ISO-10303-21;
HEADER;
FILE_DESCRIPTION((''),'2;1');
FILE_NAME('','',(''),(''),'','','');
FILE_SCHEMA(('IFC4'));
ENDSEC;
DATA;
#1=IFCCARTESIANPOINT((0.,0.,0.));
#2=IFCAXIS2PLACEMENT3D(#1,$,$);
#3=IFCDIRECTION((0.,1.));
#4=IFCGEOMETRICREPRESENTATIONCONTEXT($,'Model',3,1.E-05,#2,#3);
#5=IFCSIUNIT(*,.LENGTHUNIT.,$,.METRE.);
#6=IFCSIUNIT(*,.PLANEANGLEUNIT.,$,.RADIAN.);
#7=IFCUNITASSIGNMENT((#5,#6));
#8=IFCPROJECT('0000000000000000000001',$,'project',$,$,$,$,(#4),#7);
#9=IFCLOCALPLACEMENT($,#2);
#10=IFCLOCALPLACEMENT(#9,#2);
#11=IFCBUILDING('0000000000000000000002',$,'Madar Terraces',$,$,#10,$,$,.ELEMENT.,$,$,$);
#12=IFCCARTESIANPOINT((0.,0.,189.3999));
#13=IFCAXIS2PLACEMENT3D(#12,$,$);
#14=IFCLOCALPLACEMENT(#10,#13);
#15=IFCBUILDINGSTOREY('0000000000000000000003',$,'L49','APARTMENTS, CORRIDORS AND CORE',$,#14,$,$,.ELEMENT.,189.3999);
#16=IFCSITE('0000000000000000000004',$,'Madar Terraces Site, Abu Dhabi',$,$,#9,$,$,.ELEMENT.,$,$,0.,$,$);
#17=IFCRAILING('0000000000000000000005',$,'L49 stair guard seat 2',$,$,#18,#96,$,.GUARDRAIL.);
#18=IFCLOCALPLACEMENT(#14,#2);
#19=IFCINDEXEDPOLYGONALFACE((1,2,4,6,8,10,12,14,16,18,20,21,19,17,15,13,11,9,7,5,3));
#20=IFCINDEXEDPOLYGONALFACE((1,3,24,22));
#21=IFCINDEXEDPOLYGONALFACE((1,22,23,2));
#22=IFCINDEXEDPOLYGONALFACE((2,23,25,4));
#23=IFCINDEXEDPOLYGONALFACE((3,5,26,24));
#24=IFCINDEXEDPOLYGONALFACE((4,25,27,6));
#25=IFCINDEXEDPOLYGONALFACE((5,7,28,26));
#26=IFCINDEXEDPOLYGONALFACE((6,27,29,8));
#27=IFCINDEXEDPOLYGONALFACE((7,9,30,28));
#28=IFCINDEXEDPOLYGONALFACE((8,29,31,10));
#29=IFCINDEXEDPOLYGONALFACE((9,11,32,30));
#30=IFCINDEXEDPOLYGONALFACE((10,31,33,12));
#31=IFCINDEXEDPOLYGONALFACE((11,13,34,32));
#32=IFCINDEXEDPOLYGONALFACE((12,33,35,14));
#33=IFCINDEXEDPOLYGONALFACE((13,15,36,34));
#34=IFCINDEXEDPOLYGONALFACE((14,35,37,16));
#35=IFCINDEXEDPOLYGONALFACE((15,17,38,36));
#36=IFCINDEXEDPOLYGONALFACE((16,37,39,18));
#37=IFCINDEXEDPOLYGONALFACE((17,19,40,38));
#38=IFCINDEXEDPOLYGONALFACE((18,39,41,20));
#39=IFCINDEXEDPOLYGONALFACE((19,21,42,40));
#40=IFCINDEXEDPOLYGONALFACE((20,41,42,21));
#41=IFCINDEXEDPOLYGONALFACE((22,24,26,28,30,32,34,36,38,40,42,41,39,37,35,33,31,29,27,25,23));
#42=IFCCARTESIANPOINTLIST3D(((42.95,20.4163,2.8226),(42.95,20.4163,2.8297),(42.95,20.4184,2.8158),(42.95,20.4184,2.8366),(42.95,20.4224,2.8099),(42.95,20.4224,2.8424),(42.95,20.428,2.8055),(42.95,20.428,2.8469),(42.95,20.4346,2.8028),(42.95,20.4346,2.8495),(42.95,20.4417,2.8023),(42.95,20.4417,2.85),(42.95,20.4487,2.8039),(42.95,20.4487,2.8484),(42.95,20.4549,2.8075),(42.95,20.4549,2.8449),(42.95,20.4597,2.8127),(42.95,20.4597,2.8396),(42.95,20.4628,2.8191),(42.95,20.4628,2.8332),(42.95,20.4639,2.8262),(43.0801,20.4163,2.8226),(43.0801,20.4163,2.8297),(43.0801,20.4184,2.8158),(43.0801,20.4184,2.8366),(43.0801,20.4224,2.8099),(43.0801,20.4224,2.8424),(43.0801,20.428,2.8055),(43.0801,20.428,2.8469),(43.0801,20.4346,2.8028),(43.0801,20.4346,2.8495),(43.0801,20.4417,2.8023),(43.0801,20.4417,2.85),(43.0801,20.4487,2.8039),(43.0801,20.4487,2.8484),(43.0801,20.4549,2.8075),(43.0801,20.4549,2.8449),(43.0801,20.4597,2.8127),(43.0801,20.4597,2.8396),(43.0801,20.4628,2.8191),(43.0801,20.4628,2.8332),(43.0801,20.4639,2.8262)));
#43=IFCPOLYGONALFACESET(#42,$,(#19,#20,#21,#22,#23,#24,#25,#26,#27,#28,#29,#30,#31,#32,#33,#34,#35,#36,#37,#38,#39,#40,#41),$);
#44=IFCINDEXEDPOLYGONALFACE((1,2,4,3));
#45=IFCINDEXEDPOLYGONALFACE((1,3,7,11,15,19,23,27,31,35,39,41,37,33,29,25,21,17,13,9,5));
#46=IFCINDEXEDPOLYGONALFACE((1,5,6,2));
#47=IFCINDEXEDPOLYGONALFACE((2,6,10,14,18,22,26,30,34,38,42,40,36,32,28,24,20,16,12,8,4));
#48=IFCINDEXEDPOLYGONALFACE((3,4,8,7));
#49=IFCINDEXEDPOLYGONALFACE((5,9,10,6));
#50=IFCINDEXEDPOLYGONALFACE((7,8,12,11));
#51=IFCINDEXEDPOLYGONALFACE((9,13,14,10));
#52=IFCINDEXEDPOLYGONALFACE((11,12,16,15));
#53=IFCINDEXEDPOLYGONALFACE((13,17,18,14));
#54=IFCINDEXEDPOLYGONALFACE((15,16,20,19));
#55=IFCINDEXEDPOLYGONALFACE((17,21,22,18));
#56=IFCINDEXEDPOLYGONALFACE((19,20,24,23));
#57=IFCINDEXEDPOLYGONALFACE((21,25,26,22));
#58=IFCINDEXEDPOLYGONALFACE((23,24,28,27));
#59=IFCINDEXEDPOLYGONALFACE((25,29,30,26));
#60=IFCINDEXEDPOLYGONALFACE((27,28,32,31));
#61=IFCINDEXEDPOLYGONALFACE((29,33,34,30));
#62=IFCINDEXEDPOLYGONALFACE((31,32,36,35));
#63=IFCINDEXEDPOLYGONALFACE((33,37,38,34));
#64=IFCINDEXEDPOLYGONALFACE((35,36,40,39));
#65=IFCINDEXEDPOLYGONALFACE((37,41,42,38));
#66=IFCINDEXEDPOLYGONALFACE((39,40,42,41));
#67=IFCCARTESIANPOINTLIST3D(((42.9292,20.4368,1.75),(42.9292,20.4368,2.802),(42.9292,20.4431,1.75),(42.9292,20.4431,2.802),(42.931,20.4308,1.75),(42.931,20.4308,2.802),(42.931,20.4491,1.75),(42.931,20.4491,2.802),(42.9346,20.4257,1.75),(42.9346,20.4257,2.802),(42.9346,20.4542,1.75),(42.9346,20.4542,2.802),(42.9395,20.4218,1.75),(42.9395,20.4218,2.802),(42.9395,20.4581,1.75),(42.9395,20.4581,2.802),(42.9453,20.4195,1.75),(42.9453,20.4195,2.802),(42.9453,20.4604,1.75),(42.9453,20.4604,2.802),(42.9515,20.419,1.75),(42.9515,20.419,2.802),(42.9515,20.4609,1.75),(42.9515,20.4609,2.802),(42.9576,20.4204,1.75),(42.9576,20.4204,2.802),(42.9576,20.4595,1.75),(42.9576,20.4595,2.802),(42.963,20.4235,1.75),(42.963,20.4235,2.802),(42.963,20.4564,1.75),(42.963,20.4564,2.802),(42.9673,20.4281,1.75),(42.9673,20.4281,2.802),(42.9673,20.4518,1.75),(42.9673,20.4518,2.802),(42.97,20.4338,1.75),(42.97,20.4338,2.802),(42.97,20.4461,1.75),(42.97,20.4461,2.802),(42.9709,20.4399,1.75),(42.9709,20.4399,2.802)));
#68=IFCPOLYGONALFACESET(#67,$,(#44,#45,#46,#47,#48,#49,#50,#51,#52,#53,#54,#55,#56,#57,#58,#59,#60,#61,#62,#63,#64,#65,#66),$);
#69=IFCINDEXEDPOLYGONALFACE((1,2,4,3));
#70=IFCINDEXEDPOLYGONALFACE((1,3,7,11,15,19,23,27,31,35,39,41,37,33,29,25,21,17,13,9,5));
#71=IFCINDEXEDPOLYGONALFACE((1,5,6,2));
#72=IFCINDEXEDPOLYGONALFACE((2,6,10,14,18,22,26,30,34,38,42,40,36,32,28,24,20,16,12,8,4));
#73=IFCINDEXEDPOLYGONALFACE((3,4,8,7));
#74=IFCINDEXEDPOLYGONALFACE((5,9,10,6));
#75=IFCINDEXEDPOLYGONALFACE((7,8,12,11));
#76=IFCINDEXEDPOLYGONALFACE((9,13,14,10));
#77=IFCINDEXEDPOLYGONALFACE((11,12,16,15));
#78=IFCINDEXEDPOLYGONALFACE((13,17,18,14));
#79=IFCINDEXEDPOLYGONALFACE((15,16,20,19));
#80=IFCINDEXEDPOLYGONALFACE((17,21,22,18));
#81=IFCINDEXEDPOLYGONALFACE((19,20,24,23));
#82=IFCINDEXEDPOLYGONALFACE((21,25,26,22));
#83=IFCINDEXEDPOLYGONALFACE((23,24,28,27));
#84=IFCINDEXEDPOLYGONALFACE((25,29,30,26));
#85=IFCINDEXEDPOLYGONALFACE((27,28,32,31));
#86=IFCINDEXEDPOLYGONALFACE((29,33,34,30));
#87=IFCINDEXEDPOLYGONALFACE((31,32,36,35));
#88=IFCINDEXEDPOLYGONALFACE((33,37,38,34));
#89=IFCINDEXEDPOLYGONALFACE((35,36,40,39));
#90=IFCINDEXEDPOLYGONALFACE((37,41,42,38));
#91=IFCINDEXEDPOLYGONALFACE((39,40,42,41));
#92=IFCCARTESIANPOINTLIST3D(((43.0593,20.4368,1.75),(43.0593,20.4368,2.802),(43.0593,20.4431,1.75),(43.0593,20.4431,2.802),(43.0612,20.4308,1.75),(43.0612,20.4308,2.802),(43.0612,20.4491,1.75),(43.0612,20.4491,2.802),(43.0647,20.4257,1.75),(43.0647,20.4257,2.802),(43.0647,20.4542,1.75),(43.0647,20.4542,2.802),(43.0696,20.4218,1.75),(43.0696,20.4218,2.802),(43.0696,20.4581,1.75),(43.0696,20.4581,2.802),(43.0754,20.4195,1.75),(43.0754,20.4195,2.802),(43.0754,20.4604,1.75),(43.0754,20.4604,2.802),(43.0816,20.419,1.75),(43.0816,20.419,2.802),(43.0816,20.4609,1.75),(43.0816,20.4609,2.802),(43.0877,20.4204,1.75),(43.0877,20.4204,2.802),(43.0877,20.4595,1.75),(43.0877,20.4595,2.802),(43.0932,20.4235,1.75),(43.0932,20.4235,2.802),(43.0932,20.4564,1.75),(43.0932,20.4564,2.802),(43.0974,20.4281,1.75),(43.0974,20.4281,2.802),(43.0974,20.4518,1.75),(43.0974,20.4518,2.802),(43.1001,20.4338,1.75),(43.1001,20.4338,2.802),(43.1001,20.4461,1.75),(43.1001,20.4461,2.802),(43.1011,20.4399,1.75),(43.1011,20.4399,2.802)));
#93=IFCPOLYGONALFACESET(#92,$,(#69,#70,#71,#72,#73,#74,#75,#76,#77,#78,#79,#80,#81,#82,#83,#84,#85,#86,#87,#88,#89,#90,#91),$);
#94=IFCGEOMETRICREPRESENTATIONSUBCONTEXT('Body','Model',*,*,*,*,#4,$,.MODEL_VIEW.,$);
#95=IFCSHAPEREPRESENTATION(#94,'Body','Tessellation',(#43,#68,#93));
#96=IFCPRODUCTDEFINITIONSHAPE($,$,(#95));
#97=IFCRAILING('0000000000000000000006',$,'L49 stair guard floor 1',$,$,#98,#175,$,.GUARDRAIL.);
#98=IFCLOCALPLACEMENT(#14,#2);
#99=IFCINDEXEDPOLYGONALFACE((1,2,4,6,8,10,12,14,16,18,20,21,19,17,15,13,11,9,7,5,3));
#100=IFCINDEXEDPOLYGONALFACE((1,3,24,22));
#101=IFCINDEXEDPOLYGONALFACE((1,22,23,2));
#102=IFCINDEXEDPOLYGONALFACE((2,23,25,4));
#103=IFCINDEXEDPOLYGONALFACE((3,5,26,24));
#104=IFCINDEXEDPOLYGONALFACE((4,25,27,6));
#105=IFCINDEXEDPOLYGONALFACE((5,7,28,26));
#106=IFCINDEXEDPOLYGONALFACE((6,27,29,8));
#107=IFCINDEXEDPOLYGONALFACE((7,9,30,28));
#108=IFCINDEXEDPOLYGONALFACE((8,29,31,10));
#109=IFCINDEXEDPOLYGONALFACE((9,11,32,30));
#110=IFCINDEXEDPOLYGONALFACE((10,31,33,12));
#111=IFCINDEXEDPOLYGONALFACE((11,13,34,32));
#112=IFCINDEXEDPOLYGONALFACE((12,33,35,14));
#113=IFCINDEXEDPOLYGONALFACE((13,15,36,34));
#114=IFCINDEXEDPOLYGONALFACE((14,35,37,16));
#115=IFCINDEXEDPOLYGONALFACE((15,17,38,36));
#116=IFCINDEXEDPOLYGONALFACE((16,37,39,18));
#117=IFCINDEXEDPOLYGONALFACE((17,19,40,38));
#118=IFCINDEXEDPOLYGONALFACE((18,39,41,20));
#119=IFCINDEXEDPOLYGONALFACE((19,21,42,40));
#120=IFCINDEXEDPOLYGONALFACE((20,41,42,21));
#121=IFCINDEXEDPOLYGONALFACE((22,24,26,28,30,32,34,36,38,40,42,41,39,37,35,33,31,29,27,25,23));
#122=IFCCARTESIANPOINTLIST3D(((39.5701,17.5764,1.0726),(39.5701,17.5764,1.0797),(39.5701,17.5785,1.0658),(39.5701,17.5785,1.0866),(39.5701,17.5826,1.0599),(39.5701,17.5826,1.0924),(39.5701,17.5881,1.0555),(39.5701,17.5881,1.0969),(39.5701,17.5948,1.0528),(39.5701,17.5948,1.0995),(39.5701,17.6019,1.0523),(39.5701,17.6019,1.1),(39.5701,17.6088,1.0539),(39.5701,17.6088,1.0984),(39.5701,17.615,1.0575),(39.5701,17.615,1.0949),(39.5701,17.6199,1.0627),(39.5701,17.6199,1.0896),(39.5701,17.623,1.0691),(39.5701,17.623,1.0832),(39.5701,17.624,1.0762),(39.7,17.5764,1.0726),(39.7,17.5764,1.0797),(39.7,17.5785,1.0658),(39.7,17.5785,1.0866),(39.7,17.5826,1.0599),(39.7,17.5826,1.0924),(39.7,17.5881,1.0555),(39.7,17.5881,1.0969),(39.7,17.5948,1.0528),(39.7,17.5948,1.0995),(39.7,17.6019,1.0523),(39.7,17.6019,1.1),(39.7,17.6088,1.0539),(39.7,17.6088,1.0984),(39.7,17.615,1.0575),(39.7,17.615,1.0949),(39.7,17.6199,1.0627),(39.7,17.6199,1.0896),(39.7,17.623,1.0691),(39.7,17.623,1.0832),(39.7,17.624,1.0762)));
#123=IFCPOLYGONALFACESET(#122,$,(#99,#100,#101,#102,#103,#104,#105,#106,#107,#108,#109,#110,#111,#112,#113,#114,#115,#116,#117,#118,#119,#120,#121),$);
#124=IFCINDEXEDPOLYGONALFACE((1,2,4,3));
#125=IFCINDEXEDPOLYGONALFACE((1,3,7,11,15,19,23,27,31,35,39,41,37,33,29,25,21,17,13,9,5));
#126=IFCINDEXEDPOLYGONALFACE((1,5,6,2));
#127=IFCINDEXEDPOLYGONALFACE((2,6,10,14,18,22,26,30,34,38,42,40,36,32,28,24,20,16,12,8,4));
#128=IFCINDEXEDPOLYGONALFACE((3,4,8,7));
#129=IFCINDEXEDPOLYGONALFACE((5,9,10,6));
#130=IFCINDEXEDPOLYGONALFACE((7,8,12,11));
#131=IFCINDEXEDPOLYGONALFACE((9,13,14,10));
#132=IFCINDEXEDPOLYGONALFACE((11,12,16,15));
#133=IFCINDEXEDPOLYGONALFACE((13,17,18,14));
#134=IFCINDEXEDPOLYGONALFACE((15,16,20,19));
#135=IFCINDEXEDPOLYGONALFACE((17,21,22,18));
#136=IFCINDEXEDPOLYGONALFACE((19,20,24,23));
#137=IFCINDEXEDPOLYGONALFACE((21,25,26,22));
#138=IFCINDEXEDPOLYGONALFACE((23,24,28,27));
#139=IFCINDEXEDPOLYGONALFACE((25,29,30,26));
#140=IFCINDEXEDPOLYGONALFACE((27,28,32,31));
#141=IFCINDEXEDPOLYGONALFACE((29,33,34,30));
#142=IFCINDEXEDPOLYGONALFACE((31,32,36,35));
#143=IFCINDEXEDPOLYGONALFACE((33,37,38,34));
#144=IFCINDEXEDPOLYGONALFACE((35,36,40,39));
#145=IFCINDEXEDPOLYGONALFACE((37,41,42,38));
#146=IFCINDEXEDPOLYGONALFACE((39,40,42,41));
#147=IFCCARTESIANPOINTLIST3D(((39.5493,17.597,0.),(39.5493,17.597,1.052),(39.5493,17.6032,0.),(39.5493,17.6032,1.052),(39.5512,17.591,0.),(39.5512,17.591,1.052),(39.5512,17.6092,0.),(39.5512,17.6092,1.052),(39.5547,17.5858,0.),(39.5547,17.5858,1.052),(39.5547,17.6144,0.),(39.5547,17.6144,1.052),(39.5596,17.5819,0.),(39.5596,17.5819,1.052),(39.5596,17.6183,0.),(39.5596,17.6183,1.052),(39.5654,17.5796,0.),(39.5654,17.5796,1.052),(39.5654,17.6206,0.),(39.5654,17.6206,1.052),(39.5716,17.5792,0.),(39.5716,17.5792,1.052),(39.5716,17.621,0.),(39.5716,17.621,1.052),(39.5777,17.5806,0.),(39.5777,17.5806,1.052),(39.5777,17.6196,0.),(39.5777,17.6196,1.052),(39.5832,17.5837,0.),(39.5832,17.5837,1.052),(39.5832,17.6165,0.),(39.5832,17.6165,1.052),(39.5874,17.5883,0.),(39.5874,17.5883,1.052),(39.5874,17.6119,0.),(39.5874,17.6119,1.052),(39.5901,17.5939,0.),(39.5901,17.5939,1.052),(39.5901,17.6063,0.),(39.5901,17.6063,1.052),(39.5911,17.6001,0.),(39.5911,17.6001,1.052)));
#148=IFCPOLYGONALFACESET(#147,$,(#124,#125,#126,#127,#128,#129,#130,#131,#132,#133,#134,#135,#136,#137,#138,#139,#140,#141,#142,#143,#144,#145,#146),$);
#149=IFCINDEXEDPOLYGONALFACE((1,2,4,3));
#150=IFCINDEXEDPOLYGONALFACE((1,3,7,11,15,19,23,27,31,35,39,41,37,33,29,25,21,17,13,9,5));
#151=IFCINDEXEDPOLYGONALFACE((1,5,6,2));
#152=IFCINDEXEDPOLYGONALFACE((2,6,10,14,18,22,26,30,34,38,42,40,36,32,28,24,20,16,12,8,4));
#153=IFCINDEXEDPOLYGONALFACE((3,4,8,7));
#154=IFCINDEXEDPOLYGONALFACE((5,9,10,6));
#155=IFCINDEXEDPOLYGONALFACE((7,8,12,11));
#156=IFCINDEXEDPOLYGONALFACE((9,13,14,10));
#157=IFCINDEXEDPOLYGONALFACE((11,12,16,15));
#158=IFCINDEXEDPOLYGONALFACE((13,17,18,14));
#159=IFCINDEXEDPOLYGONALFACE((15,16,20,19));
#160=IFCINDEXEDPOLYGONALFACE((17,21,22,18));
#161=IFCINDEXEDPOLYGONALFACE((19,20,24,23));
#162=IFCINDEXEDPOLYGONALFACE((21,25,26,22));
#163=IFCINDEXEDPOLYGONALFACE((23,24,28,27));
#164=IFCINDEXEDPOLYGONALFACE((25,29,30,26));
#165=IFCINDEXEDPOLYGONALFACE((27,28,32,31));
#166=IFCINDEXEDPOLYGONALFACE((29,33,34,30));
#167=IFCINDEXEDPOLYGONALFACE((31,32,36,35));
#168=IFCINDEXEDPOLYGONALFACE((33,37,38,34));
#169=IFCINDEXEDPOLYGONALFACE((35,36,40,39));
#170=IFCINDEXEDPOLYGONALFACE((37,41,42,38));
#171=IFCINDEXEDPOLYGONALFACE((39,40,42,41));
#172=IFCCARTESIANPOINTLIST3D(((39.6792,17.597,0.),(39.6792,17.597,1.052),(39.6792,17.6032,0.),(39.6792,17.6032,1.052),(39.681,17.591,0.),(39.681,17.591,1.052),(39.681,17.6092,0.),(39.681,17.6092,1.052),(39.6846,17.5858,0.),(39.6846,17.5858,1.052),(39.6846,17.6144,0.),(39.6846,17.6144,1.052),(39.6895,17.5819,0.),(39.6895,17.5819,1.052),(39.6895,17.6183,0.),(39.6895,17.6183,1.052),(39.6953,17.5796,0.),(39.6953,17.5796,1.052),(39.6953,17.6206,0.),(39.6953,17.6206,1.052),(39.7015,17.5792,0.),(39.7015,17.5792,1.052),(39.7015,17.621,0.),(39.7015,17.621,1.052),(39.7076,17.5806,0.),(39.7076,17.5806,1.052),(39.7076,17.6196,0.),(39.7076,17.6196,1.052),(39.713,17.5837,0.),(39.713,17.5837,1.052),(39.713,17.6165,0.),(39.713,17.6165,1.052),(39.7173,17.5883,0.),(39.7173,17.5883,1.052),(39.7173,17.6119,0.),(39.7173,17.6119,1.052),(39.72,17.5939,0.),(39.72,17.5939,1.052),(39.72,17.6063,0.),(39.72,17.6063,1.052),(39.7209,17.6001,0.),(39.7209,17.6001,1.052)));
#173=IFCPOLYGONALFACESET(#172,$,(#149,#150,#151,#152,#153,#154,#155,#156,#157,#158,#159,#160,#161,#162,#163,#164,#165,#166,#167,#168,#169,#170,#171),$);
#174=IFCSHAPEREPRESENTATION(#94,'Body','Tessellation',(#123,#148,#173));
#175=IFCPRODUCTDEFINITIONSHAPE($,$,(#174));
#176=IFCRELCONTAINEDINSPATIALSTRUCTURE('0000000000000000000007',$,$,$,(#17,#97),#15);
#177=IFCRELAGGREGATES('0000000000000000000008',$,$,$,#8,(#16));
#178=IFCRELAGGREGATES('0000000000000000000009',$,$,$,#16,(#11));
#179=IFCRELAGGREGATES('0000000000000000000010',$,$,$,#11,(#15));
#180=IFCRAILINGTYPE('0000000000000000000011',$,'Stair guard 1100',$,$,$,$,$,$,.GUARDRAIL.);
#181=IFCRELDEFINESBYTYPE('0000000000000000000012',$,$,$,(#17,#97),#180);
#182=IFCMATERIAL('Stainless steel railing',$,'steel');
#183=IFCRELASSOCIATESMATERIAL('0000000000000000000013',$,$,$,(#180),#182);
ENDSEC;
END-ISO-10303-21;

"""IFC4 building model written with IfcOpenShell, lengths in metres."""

from ifc_helpers import new_model, si_unit, direction, frame, origin, origin_2d, place, context, subcontext, project, spatial, circle, extrude, material, type_object, element, save


model = new_model("IFC4")

# Units and contexts
model_context = context("Model", 3, precision=1e-05, world=origin(), true_north=direction((0.0, 1.0)))
body_context = subcontext(model_context, "Body", "Model", "MODEL_VIEW")
ifc_project = project(units=[si_unit("LENGTHUNIT", "METRE"), si_unit("PLANEANGLEUNIT", "RADIAN")], contexts=[model_context])

# Site, building, storey
site_placement = place(None, origin())
site = spatial("IfcSite", under=ifc_project, at=site_placement, Name="Madar Terraces Site, Abu Dhabi", CompositionType="ELEMENT", RefElevation=0.0)
building_placement = place(site_placement, origin())
building = spatial("IfcBuilding", under=site, at=building_placement, Name="Madar Terraces", CompositionType="ELEMENT")
storey_placement = place(building_placement, frame((0.0, 0.0, 189.3999)))
storey = spatial("IfcBuildingStorey", under=building, at=storey_placement, Name="L49", Description="APARTMENTS, CORRIDORS AND CORE", CompositionType="ELEMENT", Elevation=189.3999)

# Railings
ifc_material_1 = material(Name="Stainless steel railing", Category="steel")
railing_type_1 = type_object("IfcRailingType", Name="Stair guard 1100", PredefinedType="GUARDRAIL", material=ifc_material_1)
railing_1_placement = place(storey_placement, frame((42.95, 20.4399, 1.75)))
element("IfcRailing", 1, at=railing_1_placement, inside=storey, type_object=railing_type_1, Name="L49 stair guard seat 2", PredefinedType="GUARDRAIL", context=body_context, shape_type="SweptSolid", body=[
    extrude(circle(Radius=0.0239, at=origin_2d()), frame((0.0, 0.0, 1.0762), z_axis=(1.0, 0.0, 0.0), x_axis=(0.0, 1.0, 0.0)), (0.0, 0.0, 1.0), 0.1301),
    extrude(circle(Radius=0.021, at=origin_2d()), origin(), (0.0, 0.0, 1.0), 1.052),
    extrude(circle(Radius=0.021, at=origin_2d()), frame((0.1301, 0.0, 0.0)), (0.0, 0.0, 1.0), 1.052),
])
railing_2_placement = place(storey_placement, frame((39.5701, 17.6001, 0.0)))
element("IfcRailing", 2, at=railing_2_placement, inside=storey, type_object=railing_type_1, Name="L49 stair guard floor 1", PredefinedType="GUARDRAIL", context=body_context, shape_type="SweptSolid", body=[
    extrude(circle(Radius=0.0239, at=origin_2d()), frame((0.0, 0.0, 1.0762), z_axis=(1.0, 0.0, 0.0), x_axis=(0.0, 1.0, 0.0)), (0.0, 0.0, 1.0), 0.1299),
    extrude(circle(Radius=0.021, at=origin_2d()), origin(), (0.0, 0.0, 1.0), 1.052),
    extrude(circle(Radius=0.021, at=origin_2d()), frame((0.1299, 0.0, 0.0)), (0.0, 0.0, 1.0), 1.052),
])

save(model, "model.ifc")
